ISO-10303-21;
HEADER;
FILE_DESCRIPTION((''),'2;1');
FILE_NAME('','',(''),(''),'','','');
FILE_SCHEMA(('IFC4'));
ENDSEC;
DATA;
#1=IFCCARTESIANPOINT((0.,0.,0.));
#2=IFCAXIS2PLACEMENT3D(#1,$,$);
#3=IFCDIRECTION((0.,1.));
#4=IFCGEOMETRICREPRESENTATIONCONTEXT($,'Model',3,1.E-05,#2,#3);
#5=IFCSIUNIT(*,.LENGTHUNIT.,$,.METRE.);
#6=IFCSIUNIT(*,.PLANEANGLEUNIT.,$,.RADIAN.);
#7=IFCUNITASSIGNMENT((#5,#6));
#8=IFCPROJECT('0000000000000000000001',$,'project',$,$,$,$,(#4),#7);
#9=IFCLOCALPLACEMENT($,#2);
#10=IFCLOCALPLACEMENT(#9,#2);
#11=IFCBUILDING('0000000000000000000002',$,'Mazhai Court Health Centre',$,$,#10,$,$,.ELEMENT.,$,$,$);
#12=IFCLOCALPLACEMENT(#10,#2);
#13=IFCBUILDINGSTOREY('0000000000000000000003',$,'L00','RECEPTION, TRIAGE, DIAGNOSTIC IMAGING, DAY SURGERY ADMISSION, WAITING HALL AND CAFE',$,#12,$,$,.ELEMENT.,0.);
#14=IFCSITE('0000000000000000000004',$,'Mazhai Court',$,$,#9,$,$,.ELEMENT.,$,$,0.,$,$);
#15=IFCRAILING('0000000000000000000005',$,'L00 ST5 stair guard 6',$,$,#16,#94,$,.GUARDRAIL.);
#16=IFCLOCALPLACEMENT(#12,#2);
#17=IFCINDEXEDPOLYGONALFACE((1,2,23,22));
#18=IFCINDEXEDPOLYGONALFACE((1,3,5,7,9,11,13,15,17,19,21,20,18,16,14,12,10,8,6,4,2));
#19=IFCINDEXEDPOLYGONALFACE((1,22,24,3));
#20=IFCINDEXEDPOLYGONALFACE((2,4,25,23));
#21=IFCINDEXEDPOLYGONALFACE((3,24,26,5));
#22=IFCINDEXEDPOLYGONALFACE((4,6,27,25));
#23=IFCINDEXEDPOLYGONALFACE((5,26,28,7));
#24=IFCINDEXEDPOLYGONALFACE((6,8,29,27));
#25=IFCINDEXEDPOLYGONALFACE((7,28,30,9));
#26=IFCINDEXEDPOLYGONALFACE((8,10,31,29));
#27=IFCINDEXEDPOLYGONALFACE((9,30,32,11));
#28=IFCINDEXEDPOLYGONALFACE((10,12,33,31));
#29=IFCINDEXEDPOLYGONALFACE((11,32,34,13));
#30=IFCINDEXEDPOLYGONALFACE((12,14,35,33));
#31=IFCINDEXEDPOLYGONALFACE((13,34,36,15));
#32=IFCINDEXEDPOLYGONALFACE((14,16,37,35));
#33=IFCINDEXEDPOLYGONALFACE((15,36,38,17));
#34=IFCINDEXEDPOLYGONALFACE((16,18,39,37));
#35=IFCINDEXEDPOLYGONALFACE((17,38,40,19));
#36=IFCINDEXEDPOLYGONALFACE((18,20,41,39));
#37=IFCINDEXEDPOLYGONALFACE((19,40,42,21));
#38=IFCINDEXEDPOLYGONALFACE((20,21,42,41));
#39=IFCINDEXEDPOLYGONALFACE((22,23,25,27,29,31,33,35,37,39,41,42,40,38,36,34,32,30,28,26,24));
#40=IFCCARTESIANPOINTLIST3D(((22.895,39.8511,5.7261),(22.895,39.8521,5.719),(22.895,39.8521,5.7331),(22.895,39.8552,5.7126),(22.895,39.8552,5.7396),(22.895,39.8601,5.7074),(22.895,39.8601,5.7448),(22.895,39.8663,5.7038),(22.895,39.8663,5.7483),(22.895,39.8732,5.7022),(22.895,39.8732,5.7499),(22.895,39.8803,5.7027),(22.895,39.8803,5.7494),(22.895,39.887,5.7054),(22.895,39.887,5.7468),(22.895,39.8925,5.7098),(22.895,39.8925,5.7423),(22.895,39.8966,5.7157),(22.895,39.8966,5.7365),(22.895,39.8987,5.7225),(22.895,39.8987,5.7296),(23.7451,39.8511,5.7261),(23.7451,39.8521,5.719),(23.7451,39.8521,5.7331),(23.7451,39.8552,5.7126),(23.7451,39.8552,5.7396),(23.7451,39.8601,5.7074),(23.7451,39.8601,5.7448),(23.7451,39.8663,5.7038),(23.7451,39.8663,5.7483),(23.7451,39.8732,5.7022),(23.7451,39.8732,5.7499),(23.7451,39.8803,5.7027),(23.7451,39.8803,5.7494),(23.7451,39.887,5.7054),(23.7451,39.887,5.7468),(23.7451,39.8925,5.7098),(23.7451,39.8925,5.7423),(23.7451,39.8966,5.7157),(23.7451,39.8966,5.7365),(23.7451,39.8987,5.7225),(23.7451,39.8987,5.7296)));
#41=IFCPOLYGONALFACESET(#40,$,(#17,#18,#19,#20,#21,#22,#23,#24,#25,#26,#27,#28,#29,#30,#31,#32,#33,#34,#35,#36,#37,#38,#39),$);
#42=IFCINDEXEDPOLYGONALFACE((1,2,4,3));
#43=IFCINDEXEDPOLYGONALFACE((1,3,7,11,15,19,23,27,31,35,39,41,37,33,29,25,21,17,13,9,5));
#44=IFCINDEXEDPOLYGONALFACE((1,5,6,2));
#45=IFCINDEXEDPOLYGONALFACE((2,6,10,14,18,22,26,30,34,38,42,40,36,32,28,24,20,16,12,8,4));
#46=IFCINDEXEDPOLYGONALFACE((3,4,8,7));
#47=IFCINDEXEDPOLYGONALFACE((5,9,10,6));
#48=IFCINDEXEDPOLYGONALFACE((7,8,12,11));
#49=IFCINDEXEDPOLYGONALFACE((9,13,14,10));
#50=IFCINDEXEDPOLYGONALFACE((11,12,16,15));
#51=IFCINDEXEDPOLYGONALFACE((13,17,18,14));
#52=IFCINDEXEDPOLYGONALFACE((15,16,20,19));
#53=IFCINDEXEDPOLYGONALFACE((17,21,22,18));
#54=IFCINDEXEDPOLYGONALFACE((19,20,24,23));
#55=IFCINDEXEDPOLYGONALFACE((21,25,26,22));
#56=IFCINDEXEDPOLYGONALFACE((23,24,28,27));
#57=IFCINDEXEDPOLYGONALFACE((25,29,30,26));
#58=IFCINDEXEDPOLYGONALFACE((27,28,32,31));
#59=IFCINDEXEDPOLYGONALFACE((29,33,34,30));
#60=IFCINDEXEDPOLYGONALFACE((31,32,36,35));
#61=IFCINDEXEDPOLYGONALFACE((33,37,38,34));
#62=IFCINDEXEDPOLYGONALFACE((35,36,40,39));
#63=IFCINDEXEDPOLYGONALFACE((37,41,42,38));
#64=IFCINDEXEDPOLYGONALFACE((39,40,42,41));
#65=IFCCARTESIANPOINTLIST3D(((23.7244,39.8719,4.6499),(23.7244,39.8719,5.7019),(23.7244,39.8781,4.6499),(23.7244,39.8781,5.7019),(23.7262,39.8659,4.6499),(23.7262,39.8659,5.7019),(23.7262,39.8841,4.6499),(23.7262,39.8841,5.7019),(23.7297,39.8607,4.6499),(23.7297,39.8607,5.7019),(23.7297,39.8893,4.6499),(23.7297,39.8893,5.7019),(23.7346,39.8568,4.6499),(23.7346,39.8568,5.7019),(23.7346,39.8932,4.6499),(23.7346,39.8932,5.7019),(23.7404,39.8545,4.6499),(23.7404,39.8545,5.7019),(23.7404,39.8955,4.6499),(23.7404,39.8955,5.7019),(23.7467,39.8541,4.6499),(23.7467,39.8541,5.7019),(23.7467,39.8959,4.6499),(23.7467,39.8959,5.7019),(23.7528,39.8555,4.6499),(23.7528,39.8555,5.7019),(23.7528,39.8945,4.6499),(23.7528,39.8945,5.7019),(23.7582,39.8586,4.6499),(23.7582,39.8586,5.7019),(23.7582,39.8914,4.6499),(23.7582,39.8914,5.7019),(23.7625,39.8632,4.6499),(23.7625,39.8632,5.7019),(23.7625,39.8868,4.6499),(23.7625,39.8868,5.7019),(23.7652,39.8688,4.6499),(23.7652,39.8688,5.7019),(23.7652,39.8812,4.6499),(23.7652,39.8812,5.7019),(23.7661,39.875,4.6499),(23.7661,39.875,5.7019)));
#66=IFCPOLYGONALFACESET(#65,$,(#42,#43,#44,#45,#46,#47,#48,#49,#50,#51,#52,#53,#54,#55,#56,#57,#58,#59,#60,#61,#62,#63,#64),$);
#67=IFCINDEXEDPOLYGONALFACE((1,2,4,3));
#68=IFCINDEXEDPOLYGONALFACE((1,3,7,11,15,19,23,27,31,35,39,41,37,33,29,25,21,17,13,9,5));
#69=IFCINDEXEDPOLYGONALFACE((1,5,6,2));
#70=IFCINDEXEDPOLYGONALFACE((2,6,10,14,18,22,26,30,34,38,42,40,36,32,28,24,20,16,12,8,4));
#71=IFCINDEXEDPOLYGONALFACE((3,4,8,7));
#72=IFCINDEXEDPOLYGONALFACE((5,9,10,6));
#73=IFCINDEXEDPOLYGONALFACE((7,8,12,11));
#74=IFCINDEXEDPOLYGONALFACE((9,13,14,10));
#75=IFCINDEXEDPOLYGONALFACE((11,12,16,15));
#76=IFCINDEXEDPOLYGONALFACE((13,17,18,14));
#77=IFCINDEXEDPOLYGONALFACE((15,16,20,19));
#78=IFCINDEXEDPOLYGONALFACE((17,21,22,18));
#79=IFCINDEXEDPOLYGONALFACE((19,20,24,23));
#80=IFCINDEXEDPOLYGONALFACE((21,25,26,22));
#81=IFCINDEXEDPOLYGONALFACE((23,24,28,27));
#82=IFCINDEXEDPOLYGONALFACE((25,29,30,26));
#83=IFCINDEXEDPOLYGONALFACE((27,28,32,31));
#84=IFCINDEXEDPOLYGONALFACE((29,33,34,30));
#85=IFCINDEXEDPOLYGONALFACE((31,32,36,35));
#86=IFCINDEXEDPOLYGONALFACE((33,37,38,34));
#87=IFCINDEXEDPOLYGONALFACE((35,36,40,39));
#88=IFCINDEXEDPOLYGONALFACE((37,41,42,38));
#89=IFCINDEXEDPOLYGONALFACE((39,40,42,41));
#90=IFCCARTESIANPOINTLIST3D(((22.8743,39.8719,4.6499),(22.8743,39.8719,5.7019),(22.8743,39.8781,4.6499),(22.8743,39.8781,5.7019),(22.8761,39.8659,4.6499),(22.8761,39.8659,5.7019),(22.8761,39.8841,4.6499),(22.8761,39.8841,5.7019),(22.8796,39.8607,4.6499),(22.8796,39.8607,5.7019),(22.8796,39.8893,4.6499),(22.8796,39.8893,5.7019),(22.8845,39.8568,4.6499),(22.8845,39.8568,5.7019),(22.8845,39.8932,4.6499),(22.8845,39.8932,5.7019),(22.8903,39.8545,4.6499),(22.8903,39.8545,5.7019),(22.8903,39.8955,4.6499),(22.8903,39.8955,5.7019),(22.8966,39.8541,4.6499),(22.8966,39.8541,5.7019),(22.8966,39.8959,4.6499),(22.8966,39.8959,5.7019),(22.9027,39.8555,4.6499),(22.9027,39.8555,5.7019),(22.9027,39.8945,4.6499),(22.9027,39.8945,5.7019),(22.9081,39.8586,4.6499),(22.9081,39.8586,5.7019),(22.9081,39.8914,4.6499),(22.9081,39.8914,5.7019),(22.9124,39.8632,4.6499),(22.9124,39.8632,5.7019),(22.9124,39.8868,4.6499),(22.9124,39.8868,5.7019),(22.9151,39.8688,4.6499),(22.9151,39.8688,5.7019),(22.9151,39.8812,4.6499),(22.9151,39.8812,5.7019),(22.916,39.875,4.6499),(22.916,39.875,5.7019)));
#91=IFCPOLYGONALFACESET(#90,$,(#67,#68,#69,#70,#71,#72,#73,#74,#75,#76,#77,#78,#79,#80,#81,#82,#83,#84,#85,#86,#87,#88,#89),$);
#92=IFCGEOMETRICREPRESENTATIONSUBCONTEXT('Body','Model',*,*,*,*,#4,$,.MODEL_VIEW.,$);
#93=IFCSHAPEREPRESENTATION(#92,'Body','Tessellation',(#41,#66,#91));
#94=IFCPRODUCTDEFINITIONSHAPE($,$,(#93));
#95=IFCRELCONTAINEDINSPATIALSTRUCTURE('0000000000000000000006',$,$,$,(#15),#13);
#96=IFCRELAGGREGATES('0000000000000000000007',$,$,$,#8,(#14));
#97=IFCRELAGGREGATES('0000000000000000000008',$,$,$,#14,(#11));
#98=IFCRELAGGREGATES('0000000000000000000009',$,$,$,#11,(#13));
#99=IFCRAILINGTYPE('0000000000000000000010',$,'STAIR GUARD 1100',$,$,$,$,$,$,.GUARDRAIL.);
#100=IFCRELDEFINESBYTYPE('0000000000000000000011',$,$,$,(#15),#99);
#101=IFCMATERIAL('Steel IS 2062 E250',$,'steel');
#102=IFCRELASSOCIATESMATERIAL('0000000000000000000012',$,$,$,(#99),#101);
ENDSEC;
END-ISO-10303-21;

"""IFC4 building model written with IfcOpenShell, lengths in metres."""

from ifc_helpers import new_model, si_unit, direction, frame, origin, origin_2d, place, context, subcontext, project, spatial, circle, extrude, material, type_object, element, save


model = new_model("IFC4")

# Units and contexts
model_context = context("Model", 3, precision=1e-05, world=origin(), true_north=direction((0.0, 1.0)))
body_context = subcontext(model_context, "Body", "Model", "MODEL_VIEW")
ifc_project = project(units=[si_unit("LENGTHUNIT", "METRE"), si_unit("PLANEANGLEUNIT", "RADIAN")], contexts=[model_context])

# Site, building, storey
site_placement = place(None, origin())
site = spatial("IfcSite", under=ifc_project, at=site_placement, Name="Mazhai Court", CompositionType="ELEMENT", RefElevation=0.0)
building_placement = place(site_placement, origin())
building = spatial("IfcBuilding", under=site, at=building_placement, Name="Mazhai Court Health Centre", CompositionType="ELEMENT")
storey_placement = place(building_placement, origin())
storey = spatial("IfcBuildingStorey", under=building, at=storey_placement, Name="L00", Description="RECEPTION, TRIAGE, DIAGNOSTIC IMAGING, DAY SURGERY ADMISSION, WAITING HALL AND CAFE", CompositionType="ELEMENT", Elevation=0.0)

# Railing
ifc_material_1 = material(Name="Steel IS 2062 E250", Category="steel")
railing_type_1 = type_object("IfcRailingType", Name="STAIR GUARD 1100", PredefinedType="GUARDRAIL", material=ifc_material_1)
railing_1_placement = place(storey_placement, frame((23.7451, 39.875, 4.6499)))
element("IfcRailing", 1, at=railing_1_placement, inside=storey, type_object=railing_type_1, Name="L00 ST5 stair guard 6", PredefinedType="GUARDRAIL", context=body_context, shape_type="SweptSolid", body=[
    extrude(circle(Radius=0.0239, at=origin_2d()), frame((0.0, 0.0, 1.0762), z_axis=(-1.0, 0.0, 0.0), x_axis=(0.0, -1.0, 0.0)), (0.0, 0.0, 1.0), 0.8501),
    extrude(circle(Radius=0.021, at=origin_2d()), origin(), (0.0, 0.0, 1.0), 1.052),
    extrude(circle(Radius=0.021, at=origin_2d()), frame((-0.8501, 0.0, 0.0)), (0.0, 0.0, 1.0), 1.052),
])

save(model, "model.ifc")
